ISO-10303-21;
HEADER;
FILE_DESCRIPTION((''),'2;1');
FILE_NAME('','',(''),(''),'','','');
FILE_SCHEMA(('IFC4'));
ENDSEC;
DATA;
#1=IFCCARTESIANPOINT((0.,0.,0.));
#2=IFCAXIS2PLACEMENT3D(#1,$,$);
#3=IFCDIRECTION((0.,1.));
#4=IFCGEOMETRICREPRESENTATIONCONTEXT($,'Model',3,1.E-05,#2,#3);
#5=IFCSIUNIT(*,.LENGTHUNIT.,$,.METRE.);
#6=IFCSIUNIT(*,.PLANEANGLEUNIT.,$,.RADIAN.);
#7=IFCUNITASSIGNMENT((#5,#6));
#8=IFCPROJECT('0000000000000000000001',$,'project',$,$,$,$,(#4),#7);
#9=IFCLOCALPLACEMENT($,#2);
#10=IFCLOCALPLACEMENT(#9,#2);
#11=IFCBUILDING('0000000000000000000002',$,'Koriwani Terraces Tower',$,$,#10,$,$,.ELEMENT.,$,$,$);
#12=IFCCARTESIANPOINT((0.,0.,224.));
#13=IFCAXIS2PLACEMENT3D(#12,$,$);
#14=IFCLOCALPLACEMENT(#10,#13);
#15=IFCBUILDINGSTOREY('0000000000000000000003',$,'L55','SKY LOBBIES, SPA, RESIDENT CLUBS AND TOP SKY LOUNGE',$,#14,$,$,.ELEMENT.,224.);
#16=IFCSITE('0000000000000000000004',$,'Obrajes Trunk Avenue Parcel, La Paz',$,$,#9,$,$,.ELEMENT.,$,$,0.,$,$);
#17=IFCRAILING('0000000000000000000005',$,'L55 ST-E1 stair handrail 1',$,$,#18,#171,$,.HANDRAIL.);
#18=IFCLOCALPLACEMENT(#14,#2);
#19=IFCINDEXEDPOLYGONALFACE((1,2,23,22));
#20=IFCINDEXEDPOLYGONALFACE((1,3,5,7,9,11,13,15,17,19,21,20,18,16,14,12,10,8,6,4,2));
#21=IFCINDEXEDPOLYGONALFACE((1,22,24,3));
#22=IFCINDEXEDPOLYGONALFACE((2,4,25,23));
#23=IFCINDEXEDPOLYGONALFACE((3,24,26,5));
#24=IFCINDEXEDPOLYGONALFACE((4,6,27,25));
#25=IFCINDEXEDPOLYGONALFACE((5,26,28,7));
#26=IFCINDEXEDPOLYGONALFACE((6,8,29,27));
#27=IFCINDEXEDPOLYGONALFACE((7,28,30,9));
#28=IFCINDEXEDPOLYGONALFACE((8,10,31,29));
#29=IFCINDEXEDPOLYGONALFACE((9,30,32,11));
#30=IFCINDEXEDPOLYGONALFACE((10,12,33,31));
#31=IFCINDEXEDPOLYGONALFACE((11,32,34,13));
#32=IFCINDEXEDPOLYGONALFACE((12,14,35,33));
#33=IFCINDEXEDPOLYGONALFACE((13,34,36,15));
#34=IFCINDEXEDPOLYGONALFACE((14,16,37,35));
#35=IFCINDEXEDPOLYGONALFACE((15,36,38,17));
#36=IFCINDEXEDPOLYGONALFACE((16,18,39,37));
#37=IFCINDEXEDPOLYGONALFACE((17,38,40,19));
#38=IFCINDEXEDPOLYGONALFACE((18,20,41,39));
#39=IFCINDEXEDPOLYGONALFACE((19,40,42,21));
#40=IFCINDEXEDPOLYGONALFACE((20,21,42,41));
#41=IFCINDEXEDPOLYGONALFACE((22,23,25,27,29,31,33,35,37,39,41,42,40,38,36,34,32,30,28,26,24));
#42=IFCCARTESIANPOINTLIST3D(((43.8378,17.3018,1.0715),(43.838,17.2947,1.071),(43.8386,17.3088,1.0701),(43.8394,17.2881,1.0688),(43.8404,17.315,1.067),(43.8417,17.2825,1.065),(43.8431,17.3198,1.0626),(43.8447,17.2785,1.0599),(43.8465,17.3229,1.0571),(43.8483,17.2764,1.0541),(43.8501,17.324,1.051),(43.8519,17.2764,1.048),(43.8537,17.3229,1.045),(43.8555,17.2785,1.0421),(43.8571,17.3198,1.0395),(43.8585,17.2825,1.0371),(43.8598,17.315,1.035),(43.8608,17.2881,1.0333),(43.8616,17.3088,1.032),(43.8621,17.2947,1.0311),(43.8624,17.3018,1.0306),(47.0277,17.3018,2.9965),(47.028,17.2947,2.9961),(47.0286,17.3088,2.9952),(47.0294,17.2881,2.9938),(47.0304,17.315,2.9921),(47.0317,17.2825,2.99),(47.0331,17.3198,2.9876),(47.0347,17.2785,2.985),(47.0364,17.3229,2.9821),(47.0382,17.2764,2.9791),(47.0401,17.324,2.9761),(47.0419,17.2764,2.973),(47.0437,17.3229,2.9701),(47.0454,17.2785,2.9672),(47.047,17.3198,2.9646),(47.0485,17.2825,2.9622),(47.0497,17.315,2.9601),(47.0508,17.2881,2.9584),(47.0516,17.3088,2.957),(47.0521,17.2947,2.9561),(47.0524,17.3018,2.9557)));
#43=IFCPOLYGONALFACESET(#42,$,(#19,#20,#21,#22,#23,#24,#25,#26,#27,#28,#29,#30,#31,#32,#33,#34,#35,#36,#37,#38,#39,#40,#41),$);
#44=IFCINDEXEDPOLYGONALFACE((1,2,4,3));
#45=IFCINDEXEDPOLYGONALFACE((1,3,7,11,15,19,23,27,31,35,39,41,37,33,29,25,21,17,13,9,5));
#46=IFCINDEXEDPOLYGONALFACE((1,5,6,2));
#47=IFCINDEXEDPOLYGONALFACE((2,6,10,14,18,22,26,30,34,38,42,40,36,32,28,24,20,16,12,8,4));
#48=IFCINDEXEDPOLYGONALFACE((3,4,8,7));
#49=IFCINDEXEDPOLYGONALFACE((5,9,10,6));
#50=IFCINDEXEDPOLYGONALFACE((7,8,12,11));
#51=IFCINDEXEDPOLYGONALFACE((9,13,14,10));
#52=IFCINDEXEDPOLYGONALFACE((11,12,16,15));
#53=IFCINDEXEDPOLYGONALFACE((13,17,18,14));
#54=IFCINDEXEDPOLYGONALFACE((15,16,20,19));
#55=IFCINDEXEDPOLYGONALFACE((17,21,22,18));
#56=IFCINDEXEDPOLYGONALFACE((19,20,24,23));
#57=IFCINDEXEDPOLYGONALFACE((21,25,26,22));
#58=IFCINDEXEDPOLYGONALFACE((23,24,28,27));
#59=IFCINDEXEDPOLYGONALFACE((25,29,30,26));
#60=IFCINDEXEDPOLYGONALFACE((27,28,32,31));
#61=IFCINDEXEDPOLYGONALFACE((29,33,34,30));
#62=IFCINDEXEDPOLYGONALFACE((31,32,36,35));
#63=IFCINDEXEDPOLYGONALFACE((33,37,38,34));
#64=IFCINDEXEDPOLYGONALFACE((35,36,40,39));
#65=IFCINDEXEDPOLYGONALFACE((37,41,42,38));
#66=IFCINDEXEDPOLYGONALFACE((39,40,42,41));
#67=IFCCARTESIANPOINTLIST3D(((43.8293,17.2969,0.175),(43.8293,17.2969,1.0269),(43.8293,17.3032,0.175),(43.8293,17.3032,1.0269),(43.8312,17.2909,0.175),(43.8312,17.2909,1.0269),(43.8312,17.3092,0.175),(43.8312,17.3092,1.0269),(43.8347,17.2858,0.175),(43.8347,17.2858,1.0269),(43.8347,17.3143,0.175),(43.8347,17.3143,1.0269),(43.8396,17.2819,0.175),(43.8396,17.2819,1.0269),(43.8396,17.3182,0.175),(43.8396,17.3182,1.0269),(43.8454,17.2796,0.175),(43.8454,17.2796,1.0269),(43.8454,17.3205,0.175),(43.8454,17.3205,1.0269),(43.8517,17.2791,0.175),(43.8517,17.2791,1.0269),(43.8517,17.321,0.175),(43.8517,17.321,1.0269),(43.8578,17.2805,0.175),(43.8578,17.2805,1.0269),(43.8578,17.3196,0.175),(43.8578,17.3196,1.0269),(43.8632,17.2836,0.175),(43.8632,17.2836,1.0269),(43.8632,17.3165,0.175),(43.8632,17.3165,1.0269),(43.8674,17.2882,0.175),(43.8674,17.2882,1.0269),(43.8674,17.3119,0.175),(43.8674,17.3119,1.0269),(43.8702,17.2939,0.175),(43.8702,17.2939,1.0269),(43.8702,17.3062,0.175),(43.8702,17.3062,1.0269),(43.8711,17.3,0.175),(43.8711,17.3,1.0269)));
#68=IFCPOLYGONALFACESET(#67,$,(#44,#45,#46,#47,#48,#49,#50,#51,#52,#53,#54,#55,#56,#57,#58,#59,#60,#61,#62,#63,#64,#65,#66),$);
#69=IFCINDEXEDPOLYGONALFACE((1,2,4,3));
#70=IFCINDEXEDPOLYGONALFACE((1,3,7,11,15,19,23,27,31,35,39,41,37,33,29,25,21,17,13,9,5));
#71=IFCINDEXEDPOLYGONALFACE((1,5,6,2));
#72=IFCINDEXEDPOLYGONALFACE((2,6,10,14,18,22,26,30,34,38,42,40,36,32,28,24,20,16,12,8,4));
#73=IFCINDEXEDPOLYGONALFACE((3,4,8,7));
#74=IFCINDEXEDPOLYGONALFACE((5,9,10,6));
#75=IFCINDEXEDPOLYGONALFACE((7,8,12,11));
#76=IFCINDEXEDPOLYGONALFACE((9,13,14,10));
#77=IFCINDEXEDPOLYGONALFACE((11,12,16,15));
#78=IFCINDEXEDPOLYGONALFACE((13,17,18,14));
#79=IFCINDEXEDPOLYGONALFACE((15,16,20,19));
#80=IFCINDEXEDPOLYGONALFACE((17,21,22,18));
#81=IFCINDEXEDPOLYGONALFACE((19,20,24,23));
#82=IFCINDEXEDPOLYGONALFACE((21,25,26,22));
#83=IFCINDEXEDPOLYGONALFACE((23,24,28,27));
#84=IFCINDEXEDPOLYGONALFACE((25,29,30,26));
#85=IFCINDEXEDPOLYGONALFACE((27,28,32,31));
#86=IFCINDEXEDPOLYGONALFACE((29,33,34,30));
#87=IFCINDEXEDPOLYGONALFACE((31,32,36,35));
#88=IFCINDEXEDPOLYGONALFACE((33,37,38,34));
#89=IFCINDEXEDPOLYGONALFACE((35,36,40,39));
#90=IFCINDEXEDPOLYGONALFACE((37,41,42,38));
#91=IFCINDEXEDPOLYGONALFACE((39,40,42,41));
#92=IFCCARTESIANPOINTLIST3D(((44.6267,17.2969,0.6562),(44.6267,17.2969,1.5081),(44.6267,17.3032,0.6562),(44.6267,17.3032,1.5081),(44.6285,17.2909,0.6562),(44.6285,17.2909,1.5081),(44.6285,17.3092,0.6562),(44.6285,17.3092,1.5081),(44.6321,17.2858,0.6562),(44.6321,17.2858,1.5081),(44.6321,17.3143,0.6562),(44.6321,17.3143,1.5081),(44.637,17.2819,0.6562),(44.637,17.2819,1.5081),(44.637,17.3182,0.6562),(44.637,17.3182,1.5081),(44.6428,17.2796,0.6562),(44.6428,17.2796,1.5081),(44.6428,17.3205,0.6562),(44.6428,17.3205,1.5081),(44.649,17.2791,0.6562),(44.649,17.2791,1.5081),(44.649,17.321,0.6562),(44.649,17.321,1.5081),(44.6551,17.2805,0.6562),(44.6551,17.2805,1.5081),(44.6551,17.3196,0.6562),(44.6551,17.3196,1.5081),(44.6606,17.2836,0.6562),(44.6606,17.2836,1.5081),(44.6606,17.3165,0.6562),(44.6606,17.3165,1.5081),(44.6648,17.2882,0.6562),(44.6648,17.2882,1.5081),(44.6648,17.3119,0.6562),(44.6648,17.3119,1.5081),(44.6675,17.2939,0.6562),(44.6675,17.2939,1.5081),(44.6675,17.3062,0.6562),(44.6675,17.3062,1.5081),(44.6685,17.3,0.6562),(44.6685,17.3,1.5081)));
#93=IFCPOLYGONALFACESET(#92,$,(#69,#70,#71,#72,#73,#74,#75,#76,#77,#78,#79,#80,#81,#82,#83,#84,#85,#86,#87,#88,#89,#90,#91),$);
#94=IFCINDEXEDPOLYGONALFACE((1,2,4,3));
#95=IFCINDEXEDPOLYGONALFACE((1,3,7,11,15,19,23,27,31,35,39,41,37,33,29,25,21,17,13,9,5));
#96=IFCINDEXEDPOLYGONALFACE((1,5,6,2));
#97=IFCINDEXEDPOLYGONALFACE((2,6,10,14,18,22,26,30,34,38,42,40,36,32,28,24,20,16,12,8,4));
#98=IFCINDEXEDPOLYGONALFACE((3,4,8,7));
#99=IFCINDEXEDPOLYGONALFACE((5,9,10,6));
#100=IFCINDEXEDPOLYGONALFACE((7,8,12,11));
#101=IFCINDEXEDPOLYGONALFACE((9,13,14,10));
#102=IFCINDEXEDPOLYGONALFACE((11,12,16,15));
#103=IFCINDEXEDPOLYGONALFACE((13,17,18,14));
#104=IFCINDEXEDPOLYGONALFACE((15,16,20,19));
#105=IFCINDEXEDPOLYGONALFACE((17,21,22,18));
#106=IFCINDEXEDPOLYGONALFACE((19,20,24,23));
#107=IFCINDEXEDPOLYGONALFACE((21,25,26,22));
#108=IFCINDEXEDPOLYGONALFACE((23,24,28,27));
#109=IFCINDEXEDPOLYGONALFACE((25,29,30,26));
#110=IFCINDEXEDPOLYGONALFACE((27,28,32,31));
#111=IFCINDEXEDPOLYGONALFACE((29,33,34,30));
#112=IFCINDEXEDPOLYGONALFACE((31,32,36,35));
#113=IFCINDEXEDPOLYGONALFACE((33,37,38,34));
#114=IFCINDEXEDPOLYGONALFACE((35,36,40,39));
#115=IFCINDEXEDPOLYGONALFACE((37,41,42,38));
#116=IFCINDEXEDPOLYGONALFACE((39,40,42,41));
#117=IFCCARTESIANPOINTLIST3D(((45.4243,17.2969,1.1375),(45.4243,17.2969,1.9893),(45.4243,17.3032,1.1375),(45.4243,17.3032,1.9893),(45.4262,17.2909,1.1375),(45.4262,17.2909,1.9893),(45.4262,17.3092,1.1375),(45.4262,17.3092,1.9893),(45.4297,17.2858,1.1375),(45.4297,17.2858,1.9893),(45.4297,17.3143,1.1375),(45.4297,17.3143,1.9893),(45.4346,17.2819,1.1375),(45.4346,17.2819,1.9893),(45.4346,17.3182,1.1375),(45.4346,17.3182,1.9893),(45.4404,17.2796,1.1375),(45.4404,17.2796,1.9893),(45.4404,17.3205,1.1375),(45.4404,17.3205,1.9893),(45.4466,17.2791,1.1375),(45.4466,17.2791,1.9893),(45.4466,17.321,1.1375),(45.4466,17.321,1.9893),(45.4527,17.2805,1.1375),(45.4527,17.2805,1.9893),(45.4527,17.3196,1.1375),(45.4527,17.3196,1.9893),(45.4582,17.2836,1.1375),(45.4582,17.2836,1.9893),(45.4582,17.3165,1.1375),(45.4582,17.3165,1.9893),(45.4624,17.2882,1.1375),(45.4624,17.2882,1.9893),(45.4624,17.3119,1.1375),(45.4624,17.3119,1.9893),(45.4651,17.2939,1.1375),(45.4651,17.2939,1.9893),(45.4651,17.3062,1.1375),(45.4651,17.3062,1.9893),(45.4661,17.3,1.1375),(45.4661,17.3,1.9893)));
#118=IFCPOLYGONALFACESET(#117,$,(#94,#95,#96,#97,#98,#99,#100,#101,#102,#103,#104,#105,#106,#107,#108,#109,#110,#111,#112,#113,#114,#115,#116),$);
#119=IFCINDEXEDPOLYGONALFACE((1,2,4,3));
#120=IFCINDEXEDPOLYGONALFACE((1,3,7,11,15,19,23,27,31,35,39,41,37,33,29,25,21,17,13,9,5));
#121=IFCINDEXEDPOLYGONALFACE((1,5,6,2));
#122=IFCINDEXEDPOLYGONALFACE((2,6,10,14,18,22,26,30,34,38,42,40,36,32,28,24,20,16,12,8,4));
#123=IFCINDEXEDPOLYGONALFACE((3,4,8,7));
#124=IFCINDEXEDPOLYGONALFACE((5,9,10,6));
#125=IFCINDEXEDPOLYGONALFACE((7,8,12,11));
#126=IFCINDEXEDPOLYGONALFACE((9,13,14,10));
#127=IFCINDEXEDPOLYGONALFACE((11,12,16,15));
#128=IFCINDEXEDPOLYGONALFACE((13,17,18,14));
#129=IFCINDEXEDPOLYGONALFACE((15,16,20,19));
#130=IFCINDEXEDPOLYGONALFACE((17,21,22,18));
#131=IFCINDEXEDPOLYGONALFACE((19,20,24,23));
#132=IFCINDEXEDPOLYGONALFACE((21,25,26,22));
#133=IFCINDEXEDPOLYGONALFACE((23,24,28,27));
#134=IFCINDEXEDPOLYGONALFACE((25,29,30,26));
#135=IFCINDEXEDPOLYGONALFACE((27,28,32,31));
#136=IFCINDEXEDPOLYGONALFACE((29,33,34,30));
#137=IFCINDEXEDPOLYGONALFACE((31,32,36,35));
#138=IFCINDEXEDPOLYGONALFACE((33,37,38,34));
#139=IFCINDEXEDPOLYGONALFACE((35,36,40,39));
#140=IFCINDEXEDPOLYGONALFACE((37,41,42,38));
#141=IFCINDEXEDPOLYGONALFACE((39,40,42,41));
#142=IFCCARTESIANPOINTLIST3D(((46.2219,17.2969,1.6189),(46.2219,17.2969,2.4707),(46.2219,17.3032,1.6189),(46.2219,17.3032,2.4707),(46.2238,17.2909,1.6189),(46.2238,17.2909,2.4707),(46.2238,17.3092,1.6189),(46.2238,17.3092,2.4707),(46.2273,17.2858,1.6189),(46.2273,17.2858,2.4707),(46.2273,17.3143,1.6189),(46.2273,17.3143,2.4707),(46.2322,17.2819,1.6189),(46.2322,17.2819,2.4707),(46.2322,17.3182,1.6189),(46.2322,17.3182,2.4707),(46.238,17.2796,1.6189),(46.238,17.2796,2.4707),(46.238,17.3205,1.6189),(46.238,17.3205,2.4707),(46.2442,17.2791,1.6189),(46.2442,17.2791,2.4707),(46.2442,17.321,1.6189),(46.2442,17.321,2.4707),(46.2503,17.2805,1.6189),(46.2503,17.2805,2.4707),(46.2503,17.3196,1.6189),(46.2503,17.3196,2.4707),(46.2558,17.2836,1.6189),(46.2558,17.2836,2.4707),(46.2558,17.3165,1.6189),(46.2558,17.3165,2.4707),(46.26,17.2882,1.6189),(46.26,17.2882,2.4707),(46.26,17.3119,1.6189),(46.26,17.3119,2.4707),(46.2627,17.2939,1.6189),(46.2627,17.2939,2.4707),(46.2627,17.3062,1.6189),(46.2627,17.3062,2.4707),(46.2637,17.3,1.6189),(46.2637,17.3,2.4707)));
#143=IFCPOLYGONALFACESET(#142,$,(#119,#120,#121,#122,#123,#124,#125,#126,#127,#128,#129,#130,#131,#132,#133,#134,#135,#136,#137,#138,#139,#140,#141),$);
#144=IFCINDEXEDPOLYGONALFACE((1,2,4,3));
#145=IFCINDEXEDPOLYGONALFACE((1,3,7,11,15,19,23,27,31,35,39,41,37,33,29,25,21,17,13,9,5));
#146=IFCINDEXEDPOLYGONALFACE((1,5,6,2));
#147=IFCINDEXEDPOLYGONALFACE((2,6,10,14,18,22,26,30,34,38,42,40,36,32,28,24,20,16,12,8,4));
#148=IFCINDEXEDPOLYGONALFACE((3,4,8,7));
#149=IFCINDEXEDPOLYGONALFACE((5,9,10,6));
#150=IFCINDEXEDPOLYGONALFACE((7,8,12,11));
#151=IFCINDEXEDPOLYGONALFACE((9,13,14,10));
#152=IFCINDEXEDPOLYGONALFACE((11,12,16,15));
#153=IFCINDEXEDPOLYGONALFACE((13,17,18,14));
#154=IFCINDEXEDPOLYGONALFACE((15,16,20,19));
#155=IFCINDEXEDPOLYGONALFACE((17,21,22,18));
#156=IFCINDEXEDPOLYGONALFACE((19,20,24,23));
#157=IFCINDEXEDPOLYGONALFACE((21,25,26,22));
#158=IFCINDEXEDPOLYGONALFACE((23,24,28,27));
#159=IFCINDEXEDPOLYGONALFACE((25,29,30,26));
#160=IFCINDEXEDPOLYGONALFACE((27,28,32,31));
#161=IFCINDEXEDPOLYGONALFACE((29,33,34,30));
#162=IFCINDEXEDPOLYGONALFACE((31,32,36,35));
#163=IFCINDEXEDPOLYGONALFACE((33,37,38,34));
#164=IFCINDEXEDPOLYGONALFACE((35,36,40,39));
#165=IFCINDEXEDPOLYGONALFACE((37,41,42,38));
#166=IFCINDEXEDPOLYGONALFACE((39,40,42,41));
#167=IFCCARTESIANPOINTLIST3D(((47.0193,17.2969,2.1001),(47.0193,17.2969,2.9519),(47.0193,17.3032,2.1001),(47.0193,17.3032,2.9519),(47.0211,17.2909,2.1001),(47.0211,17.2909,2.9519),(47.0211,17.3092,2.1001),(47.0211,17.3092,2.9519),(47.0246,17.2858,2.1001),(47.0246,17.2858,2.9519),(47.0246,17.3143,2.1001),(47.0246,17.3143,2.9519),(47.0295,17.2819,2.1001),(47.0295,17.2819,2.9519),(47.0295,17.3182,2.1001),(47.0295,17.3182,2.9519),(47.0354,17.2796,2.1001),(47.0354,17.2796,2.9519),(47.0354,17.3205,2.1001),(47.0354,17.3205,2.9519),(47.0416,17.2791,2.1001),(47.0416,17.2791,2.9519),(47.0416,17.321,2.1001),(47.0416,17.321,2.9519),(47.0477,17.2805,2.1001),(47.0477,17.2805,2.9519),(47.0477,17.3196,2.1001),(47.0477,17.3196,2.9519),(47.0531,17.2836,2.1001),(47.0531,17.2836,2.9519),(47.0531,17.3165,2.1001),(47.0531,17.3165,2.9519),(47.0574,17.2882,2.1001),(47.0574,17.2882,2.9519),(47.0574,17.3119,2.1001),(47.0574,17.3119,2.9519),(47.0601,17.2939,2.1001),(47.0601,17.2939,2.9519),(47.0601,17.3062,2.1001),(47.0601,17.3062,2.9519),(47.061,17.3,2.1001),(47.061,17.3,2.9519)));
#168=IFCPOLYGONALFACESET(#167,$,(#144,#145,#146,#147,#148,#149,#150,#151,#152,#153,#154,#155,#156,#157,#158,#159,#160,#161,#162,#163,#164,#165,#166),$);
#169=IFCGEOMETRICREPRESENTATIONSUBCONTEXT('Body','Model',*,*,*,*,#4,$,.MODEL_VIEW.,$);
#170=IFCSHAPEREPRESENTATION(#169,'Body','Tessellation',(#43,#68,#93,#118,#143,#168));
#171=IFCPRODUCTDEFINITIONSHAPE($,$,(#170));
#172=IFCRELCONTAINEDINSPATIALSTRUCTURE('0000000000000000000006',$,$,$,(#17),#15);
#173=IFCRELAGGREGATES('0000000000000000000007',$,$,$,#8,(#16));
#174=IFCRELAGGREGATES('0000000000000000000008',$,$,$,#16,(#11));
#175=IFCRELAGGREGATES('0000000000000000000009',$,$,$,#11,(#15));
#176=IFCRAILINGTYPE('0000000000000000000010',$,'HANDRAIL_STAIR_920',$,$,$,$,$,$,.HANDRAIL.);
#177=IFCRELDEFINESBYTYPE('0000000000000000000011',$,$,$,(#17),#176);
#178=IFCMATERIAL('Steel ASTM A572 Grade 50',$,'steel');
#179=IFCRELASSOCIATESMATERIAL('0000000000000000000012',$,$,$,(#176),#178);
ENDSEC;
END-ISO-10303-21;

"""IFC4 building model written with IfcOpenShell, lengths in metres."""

from ifc_helpers import new_model, si_unit, direction, frame, origin, origin_2d, place, context, subcontext, project, spatial, circle, extrude, material, type_object, element, save


model = new_model("IFC4")

# Units and contexts
model_context = context("Model", 3, precision=1e-05, world=origin(), true_north=direction((0.0, 1.0)))
body_context = subcontext(model_context, "Body", "Model", "MODEL_VIEW")
ifc_project = project(units=[si_unit("LENGTHUNIT", "METRE"), si_unit("PLANEANGLEUNIT", "RADIAN")], contexts=[model_context])

# Site, building, storey
site_placement = place(None, origin())
site = spatial("IfcSite", under=ifc_project, at=site_placement, Name="Obrajes Trunk Avenue Parcel, La Paz", CompositionType="ELEMENT", RefElevation=0.0)
building_placement = place(site_placement, origin())
building = spatial("IfcBuilding", under=site, at=building_placement, Name="Koriwani Terraces Tower", CompositionType="ELEMENT")
storey_placement = place(building_placement, frame((0.0, 0.0, 224.0)))
storey = spatial("IfcBuildingStorey", under=building, at=storey_placement, Name="L55", Description="SKY LOBBIES, SPA, RESIDENT CLUBS AND TOP SKY LOUNGE", CompositionType="ELEMENT", Elevation=224.0)

# Shared definitions
ifc_material_1 = material(Name="Steel ASTM A572 Grade 50", Category="steel")

# Railing
railing_type_1 = type_object("IfcRailingType", Name="HANDRAIL_STAIR_920", PredefinedType="HANDRAIL", material=ifc_material_1)
railing_1_placement = place(storey_placement, frame((43.8501, 17.3, 0.175)))
element("IfcRailing", 1, at=railing_1_placement, inside=storey, type_object=railing_type_1, Name="L55 ST-E1 stair handrail 1", PredefinedType="HANDRAIL", context=body_context, shape_type="SweptSolid", body=[
    extrude(circle(Radius=0.0239, at=origin_2d()), frame((0.0, 0.0, 0.876), z_axis=(0.856178, 0.0, 0.516682), x_axis=(0.0, 1.0, 0.0)), (0.0, 0.0, 1.0), 3.7258),
    extrude(circle(Radius=0.021, at=origin_2d()), origin(), (0.0, 0.0, 1.0), 0.8518),
    extrude(circle(Radius=0.021, at=origin_2d()), frame((0.7974, 0.0, 0.4812)), (0.0, 0.0, 1.0), 0.8518),
    extrude(circle(Radius=0.021, at=origin_2d()), frame((1.595, 0.0, 0.9624)), (0.0, 0.0, 1.0), 0.8518),
    extrude(circle(Radius=0.021, at=origin_2d()), frame((2.3926, 0.0, 1.4438)), (0.0, 0.0, 1.0), 0.8518),
    extrude(circle(Radius=0.021, at=origin_2d()), frame((3.1899, 0.0, 1.925)), (0.0, 0.0, 1.0), 0.8518),
])

save(model, "model.ifc")
